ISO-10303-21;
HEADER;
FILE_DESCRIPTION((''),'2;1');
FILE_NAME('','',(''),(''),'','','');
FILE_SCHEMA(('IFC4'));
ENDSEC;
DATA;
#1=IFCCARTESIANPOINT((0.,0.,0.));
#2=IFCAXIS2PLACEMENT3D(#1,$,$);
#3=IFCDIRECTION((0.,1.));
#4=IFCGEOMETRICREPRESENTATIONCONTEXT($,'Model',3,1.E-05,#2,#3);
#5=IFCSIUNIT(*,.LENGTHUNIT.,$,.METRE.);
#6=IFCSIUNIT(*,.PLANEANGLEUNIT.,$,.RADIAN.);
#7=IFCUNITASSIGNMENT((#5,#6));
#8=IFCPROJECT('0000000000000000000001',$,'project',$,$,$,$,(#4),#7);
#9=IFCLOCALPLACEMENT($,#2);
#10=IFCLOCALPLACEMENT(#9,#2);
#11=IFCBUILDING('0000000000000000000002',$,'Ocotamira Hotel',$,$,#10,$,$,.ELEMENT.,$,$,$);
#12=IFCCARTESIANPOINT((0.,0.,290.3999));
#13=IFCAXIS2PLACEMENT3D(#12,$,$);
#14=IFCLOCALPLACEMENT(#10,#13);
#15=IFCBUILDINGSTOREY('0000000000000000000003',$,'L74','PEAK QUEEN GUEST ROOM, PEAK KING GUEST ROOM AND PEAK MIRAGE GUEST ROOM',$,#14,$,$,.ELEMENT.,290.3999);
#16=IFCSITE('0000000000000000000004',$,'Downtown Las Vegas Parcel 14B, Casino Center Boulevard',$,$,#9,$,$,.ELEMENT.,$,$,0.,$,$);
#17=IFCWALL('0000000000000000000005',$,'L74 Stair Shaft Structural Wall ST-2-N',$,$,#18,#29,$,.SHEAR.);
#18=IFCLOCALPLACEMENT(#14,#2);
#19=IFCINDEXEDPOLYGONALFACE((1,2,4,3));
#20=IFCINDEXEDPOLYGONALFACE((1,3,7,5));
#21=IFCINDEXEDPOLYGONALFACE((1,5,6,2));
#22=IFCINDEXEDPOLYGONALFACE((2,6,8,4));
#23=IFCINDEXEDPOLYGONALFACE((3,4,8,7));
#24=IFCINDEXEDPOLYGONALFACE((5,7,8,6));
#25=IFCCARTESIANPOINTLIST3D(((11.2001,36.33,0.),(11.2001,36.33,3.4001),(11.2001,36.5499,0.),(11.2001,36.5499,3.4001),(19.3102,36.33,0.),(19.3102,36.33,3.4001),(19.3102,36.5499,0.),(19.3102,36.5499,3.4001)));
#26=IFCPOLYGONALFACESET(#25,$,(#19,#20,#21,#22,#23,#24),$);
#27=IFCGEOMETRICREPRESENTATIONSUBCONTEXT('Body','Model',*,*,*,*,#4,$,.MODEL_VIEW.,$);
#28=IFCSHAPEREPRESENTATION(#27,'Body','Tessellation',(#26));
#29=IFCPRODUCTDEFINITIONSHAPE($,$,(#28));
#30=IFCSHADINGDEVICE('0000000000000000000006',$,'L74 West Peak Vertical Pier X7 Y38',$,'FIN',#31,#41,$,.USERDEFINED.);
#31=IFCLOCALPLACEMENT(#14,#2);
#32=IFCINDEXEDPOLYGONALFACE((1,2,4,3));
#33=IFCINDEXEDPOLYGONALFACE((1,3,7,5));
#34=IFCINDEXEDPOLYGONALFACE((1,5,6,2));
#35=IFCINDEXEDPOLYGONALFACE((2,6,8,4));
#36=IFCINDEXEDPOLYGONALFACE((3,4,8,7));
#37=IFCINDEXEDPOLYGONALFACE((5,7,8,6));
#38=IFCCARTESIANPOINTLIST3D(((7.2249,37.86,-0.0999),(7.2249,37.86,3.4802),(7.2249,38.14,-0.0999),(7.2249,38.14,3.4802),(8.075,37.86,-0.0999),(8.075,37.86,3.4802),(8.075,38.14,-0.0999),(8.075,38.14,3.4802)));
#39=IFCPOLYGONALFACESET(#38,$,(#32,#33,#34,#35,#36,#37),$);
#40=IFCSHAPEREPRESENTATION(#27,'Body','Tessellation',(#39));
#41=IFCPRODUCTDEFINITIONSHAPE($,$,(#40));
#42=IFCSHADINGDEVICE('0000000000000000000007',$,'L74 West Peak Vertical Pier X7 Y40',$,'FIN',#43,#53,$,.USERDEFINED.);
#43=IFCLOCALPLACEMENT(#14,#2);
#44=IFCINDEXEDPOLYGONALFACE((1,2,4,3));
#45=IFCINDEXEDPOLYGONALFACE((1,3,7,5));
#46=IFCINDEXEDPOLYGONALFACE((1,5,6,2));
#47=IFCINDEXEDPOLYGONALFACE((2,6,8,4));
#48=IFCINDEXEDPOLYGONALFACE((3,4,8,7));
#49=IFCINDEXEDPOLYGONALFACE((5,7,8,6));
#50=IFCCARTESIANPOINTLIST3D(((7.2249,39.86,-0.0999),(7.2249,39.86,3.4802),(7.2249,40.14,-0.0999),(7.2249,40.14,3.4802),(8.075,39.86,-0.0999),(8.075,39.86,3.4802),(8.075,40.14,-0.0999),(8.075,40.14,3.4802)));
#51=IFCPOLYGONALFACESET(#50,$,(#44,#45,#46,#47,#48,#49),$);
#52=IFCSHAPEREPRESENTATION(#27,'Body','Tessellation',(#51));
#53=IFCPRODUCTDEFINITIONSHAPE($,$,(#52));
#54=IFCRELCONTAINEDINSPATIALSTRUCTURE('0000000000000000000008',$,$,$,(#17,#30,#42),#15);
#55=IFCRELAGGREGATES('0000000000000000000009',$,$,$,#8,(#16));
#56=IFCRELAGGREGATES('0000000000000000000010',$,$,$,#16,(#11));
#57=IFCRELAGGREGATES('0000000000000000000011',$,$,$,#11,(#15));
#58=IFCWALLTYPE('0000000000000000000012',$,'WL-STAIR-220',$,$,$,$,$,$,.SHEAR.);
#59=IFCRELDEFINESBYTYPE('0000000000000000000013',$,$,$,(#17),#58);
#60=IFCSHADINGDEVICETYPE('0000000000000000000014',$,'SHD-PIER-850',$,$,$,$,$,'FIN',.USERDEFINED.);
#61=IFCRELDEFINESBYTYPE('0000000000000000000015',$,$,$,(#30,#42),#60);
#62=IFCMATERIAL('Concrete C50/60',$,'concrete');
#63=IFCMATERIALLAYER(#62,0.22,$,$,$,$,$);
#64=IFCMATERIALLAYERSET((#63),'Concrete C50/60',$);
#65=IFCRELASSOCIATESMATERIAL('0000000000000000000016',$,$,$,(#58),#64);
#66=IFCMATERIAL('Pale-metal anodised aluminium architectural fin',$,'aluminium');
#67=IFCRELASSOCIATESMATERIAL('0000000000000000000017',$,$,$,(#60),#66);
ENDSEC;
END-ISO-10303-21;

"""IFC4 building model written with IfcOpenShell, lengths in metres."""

from ifc_helpers import new_model, si_unit, direction, frame, frame_2d, origin, origin_2d, place, context, subcontext, project, spatial, rectangle, extrude, source, transform, mapped, material, layer, layer_set, type_object, element, save


model = new_model("IFC4")

# Units and contexts
model_context = context("Model", 3, precision=1e-05, world=origin(), true_north=direction((0.0, 1.0)))
body_context = subcontext(model_context, "Body", "Model", "MODEL_VIEW")
ifc_project = project(units=[si_unit("LENGTHUNIT", "METRE"), si_unit("PLANEANGLEUNIT", "RADIAN")], contexts=[model_context])

# Site, building, storey
site_placement = place(None, origin())
site = spatial("IfcSite", under=ifc_project, at=site_placement, Name="Downtown Las Vegas Parcel 14B, Casino Center Boulevard", CompositionType="ELEMENT", RefElevation=0.0)
building_placement = place(site_placement, origin())
building = spatial("IfcBuilding", under=site, at=building_placement, Name="Ocotamira Hotel", CompositionType="ELEMENT")
storey_placement = place(building_placement, frame((0.0, 0.0, 290.3999)))
storey = spatial("IfcBuildingStorey", under=building, at=storey_placement, Name="L74", Description="PEAK QUEEN GUEST ROOM, PEAK KING GUEST ROOM AND PEAK MIRAGE GUEST ROOM", CompositionType="ELEMENT", Elevation=290.3999)

# Shared definitions
ifc_material_1 = material(Name="Concrete C50/60", Category="concrete")

# Wall
ifc_layer_1 = layer(ifc_material_1, 0.22)
ifc_layer_set_1 = layer_set([ifc_layer_1], Name="Concrete C50/60")
wall_type_1 = type_object("IfcWallType", Name="WL-STAIR-220", PredefinedType="SHEAR", material=ifc_layer_set_1)
wall_1_placement = place(storey_placement, frame((11.2, 36.4399, 0.0), z_axis=(0.0, 0.0, 1.0), x_axis=(1.0, 0.0, 0.0)))
element("IfcWall", 1, at=wall_1_placement, inside=storey, type_object=wall_type_1, Name="L74 Stair Shaft Structural Wall ST-2-N", PredefinedType="SHEAR", context=body_context, shape_type="SweptSolid", body=[
    extrude(rectangle(XDim=8.1101, YDim=0.22, at=frame_2d((4.0552, 0.0))), origin(), (0.0, 0.0, 1.0), 3.4001),
])

# Shading devices
ifc_material_2 = material(Name="Pale-metal anodised aluminium architectural fin", Category="aluminium")
shading_device_type = type_object("IfcShadingDeviceType", Name="SHD-PIER-850", ElementType="FIN", PredefinedType="USERDEFINED", material=ifc_material_2)
shared_shape_1 = source(origin(), body_context, "Body", "SweptSolid", [
    extrude(rectangle(XDim=0.8501, YDim=0.28, at=origin_2d()), origin(), (0.0, 0.0, 1.0), 3.5801),
])
for number, where, z_axis, x_axis, name in (
    (2, (7.6499, 38.0, -0.0999), (0.0, 0.0, 1.0), (1.0, 0.0, 0.0), "L74 West Peak Vertical Pier X7 Y38"),
    (3, (7.6499, 40.0, -0.0999), (0.0, 0.0, 1.0), (1.0, 0.0, 0.0), "L74 West Peak Vertical Pier X7 Y40"),
):
    element("IfcShadingDevice", number, at=place(storey_placement, frame(where, z_axis=z_axis, x_axis=x_axis)), inside=storey, type_object=shading_device_type, Name=name, ObjectType="FIN", PredefinedType="USERDEFINED", context=body_context, shape_type="MappedRepresentation", body=[
        mapped(shared_shape_1, transform((0.0, 0.0, 0.0), scale=1.0)),
    ])

save(model, "model.ifc")
